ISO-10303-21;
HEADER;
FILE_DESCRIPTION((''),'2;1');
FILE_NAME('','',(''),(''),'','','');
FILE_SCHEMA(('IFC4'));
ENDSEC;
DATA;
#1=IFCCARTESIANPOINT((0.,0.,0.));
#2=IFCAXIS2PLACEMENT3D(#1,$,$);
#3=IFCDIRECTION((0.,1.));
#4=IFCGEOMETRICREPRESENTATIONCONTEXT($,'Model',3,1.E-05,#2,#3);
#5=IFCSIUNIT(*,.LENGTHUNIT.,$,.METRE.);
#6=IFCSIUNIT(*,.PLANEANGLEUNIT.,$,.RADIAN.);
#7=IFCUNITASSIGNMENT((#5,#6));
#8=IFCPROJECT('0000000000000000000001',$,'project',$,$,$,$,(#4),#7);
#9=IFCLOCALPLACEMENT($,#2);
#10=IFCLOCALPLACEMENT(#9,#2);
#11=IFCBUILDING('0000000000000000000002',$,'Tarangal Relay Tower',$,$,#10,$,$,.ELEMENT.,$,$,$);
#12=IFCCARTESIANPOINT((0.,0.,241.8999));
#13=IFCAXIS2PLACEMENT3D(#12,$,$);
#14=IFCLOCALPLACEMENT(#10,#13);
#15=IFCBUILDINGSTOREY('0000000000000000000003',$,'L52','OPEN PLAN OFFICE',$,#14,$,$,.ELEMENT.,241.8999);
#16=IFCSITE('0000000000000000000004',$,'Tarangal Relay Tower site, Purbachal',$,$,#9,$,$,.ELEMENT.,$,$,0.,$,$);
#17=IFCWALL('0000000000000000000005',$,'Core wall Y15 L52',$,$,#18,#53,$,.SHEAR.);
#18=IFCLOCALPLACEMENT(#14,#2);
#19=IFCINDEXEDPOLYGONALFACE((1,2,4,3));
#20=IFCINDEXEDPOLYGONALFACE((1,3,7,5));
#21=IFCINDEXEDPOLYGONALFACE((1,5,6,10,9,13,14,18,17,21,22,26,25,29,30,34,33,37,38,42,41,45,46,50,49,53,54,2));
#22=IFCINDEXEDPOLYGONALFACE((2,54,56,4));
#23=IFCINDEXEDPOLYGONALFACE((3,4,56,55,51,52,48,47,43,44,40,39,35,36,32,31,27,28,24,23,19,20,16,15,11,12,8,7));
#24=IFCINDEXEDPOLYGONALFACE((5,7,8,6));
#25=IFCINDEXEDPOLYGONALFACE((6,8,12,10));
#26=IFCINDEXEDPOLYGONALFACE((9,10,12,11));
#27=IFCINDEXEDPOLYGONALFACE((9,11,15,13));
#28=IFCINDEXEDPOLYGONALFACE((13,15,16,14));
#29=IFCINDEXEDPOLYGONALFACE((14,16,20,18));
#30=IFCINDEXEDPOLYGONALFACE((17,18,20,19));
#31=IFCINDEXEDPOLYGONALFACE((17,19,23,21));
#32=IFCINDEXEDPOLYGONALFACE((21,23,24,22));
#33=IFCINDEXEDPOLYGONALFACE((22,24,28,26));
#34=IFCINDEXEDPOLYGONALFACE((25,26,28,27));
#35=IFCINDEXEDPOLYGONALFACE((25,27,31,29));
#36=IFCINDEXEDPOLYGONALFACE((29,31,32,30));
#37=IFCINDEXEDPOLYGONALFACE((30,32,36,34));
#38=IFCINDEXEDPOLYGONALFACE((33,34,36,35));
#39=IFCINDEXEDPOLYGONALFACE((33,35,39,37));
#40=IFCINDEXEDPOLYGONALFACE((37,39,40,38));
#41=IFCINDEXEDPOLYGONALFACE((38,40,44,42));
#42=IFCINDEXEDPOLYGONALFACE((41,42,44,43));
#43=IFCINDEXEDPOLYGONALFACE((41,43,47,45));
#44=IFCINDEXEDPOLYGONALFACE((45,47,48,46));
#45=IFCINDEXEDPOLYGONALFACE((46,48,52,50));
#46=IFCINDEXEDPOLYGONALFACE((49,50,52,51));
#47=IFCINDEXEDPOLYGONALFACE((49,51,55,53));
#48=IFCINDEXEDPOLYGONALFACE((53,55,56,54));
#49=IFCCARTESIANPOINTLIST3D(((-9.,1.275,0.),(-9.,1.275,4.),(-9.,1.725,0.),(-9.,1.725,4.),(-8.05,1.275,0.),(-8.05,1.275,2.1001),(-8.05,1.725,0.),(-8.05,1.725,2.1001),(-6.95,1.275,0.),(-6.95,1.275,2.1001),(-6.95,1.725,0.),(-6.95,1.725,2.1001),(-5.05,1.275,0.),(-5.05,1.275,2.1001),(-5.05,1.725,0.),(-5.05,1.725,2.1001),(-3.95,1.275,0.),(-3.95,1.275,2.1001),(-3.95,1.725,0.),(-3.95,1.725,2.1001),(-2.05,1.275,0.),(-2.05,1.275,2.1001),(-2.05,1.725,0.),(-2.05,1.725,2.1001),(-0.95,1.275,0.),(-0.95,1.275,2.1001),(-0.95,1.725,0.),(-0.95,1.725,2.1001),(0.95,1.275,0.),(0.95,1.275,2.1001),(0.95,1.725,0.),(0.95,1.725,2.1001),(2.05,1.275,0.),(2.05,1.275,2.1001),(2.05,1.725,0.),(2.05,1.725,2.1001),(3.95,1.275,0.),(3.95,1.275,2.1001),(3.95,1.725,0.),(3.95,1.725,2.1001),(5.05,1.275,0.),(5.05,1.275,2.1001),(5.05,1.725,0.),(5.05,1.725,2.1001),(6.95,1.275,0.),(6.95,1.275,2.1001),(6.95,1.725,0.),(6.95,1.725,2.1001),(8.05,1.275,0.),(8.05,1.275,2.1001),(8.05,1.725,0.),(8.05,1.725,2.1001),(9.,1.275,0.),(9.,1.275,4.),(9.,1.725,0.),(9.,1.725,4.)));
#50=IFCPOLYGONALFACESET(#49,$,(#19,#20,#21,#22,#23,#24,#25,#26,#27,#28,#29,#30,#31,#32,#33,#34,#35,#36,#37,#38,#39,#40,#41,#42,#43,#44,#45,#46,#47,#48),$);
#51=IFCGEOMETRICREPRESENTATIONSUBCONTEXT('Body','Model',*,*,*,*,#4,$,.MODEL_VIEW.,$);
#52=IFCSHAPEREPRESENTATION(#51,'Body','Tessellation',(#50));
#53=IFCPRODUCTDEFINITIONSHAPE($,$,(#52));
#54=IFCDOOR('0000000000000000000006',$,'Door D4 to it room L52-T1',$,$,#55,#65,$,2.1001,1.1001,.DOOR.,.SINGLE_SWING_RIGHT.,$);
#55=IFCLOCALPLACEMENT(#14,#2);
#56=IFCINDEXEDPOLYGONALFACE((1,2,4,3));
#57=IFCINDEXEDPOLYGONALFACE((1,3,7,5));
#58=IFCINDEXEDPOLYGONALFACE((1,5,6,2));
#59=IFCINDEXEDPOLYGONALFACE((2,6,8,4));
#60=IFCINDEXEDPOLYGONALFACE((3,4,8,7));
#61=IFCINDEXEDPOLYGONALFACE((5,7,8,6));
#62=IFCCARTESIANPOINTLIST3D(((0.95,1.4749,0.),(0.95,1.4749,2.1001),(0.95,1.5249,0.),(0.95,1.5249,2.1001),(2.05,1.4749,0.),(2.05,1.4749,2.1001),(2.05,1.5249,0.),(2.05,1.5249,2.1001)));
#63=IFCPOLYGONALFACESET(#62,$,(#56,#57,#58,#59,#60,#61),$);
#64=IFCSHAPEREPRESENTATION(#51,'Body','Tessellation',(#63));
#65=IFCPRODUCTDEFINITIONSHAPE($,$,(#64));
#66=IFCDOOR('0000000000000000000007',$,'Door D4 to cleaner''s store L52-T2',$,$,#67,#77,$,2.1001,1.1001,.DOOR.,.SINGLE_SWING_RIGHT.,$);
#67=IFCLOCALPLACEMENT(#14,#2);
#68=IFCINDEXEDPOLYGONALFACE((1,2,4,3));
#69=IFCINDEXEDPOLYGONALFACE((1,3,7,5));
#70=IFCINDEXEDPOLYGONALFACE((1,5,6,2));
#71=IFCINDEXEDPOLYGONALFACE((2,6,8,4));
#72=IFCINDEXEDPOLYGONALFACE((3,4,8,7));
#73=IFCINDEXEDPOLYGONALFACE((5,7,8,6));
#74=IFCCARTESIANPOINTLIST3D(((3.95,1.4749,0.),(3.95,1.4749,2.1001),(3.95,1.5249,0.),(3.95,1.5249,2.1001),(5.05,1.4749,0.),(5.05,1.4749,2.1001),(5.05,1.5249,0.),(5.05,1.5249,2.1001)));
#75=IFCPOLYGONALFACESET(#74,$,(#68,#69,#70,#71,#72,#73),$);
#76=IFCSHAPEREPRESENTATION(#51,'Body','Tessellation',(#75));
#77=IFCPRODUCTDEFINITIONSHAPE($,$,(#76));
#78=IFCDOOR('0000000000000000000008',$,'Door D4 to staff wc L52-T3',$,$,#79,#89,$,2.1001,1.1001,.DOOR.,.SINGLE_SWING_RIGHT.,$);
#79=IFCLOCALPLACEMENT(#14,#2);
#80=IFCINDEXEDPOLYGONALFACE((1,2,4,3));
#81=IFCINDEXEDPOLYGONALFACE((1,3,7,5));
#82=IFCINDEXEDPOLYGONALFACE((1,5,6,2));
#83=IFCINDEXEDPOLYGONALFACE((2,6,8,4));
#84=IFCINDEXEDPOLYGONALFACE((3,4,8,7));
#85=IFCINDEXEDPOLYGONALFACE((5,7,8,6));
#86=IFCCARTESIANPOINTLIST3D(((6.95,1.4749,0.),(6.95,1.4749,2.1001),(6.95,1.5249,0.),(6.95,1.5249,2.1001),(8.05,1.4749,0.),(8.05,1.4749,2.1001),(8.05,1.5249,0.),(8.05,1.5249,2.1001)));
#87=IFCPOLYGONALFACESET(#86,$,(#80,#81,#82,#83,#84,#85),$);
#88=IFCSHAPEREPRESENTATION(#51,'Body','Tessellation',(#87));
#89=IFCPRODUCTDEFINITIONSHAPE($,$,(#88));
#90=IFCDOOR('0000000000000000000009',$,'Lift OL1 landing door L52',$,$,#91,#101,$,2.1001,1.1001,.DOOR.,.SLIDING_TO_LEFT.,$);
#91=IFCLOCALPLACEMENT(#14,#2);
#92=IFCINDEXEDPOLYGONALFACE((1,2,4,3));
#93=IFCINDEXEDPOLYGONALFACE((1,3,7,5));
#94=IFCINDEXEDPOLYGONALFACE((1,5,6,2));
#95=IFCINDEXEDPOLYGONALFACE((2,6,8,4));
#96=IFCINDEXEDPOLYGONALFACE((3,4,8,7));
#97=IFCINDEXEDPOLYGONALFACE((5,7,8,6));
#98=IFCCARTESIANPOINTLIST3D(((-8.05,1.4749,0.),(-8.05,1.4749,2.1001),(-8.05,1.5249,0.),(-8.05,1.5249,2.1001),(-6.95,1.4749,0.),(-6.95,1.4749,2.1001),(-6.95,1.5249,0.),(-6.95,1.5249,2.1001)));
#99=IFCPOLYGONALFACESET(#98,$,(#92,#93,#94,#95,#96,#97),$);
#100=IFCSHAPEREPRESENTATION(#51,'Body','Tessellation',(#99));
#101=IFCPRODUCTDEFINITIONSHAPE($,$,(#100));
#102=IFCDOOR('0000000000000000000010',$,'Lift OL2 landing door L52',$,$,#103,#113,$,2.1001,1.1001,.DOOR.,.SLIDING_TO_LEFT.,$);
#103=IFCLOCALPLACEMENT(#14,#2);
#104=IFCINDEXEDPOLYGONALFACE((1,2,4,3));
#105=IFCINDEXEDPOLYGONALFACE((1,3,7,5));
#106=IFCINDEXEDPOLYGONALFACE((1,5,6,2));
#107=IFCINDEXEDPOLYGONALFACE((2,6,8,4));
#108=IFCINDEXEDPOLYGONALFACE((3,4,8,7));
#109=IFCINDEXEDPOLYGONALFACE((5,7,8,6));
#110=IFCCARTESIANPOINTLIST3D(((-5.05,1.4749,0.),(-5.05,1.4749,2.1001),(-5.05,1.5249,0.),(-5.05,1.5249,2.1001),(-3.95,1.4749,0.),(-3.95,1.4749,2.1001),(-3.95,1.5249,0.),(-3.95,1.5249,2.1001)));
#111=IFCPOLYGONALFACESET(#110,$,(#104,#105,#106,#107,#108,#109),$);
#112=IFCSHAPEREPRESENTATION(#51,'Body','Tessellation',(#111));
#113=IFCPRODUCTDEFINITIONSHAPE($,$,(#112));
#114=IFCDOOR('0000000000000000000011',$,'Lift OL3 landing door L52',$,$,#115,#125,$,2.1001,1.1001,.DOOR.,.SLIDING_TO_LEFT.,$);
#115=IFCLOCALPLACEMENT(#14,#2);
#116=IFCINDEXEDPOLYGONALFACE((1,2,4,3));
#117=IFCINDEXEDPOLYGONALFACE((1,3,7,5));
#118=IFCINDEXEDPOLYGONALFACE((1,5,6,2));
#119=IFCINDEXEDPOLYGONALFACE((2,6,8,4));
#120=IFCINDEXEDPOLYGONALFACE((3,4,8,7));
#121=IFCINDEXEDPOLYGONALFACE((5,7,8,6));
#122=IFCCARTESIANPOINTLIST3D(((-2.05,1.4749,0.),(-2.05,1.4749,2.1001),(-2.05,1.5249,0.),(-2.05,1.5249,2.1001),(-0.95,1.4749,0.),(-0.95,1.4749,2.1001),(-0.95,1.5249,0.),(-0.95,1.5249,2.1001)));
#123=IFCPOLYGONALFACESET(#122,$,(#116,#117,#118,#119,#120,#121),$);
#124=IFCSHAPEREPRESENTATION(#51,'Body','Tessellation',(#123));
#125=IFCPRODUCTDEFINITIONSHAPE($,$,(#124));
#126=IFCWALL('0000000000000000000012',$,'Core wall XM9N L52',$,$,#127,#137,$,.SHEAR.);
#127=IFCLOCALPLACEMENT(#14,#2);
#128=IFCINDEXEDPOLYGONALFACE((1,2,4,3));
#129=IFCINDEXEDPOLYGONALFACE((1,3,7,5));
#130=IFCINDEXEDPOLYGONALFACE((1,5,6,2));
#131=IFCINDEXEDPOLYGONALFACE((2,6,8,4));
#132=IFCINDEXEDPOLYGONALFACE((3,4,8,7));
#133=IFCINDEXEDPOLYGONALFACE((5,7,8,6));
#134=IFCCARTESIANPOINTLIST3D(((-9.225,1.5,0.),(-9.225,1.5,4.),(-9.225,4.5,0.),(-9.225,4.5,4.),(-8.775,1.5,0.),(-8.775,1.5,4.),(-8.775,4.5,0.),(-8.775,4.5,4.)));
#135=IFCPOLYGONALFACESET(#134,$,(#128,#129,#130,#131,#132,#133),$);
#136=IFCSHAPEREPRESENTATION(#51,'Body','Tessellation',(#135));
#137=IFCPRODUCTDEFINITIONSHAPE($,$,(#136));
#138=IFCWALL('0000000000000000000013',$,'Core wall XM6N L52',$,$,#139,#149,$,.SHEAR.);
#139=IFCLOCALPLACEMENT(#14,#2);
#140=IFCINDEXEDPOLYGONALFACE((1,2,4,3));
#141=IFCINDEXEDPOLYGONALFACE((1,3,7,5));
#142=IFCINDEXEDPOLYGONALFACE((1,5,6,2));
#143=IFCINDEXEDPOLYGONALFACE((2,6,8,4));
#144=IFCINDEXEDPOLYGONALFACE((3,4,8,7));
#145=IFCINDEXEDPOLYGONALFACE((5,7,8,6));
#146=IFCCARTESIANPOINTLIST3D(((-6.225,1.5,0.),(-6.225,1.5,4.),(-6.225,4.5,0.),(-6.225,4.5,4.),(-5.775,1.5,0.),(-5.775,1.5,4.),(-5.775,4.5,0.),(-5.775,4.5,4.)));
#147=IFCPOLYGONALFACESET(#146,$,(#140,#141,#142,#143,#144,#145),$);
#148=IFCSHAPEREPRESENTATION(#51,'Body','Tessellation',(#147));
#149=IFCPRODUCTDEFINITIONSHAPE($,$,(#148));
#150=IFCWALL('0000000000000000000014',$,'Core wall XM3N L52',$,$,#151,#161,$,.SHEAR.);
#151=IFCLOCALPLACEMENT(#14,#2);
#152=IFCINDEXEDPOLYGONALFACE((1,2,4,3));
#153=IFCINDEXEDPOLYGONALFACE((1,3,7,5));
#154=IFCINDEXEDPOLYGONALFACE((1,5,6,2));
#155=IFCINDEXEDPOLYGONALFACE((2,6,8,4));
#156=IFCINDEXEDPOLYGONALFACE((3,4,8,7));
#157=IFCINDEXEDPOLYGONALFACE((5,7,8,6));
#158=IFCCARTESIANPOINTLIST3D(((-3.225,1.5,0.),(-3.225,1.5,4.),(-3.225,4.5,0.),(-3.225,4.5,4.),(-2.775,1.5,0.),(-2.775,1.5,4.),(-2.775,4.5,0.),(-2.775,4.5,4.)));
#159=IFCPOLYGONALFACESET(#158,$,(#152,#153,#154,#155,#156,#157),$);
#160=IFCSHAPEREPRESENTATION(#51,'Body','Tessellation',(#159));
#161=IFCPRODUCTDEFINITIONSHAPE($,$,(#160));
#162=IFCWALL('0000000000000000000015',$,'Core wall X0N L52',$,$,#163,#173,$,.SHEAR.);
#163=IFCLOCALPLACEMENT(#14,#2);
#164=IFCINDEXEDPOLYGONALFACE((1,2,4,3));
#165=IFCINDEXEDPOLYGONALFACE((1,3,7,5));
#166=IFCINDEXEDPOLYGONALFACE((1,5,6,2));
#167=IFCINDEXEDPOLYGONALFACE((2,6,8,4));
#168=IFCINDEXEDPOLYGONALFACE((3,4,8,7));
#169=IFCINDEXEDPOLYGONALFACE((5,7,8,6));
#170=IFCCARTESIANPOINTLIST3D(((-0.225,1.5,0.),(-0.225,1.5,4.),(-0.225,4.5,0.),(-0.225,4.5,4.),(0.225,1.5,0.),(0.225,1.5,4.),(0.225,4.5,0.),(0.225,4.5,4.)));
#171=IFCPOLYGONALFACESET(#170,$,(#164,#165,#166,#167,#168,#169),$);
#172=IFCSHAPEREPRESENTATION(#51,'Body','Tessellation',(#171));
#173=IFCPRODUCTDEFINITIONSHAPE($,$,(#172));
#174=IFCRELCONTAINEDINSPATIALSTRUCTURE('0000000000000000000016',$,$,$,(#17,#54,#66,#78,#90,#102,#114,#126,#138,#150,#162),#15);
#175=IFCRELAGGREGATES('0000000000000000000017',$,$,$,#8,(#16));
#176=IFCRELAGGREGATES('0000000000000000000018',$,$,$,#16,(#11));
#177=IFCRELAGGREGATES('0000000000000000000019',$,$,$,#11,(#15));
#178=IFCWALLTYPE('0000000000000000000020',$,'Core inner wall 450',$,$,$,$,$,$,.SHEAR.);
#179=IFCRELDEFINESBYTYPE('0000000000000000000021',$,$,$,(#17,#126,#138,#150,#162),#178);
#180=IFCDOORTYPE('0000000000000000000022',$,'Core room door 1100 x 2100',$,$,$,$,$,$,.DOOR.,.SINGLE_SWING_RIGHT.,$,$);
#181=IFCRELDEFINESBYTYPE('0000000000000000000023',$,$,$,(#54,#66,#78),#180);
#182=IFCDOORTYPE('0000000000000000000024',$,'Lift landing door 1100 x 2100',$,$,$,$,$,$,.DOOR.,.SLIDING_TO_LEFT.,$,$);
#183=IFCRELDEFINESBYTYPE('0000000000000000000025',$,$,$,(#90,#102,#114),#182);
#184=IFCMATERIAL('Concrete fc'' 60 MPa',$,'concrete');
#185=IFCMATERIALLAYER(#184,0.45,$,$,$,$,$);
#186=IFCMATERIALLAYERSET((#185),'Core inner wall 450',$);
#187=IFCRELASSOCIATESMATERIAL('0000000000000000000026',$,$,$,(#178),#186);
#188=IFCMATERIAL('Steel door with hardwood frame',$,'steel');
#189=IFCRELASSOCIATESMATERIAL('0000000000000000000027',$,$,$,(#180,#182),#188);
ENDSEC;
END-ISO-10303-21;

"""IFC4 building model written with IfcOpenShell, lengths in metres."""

from ifc_helpers import new_model, si_unit, direction, frame, frame_2d, origin, place, context, subcontext, project, spatial, rectangle, extrude, material, layer, layer_set, type_object, element, fill, save


model = new_model("IFC4")

# Units and contexts
model_context = context("Model", 3, precision=1e-05, world=origin(), true_north=direction((0.0, 1.0)))
body_context = subcontext(model_context, "Body", "Model", "MODEL_VIEW")
ifc_project = project(units=[si_unit("LENGTHUNIT", "METRE"), si_unit("PLANEANGLEUNIT", "RADIAN")], contexts=[model_context])

# Site, building, storey
site_placement = place(None, origin())
site = spatial("IfcSite", under=ifc_project, at=site_placement, Name="Tarangal Relay Tower site, Purbachal", CompositionType="ELEMENT", RefElevation=0.0)
building_placement = place(site_placement, origin())
building = spatial("IfcBuilding", under=site, at=building_placement, Name="Tarangal Relay Tower", CompositionType="ELEMENT")
storey_placement = place(building_placement, frame((0.0, 0.0, 241.8999)))
storey = spatial("IfcBuildingStorey", under=building, at=storey_placement, Name="L52", Description="OPEN PLAN OFFICE", CompositionType="ELEMENT", Elevation=241.8999)

# Wall, openings, doors
ifc_material_1 = material(Name="Concrete fc' 60 MPa", Category="concrete")
ifc_layer_1 = layer(ifc_material_1, 0.45)
ifc_layer_set_1 = layer_set([ifc_layer_1], Name="Core inner wall 450")
wall_type = type_object("IfcWallType", Name="Core inner wall 450", PredefinedType="SHEAR", material=ifc_layer_set_1)
ifc_material_2 = material(Name="Steel door with hardwood frame", Category="steel")
wall_1_placement = place(storey_placement, frame((-9.0, 1.5, 0.0), z_axis=(0.0, 0.0, 1.0), x_axis=(1.0, 0.0, 0.0)))
wall_1 = element("IfcWall", 1, at=wall_1_placement, inside=storey, type_object=wall_type, Name="Core wall Y15 L52", PredefinedType="SHEAR", context=body_context, shape_type="SweptSolid", body=[
    extrude(rectangle(XDim=18.0, YDim=0.45, at=frame_2d((9.0, 0.0))), origin(), (0.0, 0.0, 1.0), 4.0),
])
opening_1_placement = place(wall_1_placement, frame((0.95, 0.0, 0.0)))
opening_1 = element("IfcOpeningElement", 2, at=opening_1_placement, cuts=wall_1, PredefinedType="OPENING", context=body_context, shape_type="SweptSolid", body=[
    extrude(rectangle(XDim=1.1001, YDim=2.1001, at=frame_2d((0.55, 1.05))), frame((0.0, 0.2349, 0.0), z_axis=(0.0, -1.0, 0.0), x_axis=(1.0, 0.0, 0.0)), (0.0, 0.0, 1.0), 0.47),
])
opening_2_placement = place(wall_1_placement, frame((3.95, 0.0, 0.0)))
opening_2 = element("IfcOpeningElement", 3, at=opening_2_placement, cuts=wall_1, PredefinedType="OPENING", context=body_context, shape_type="SweptSolid", body=[
    extrude(rectangle(XDim=1.1001, YDim=2.1001, at=frame_2d((0.55, 1.05))), frame((0.0, 0.2349, 0.0), z_axis=(0.0, -1.0, 0.0), x_axis=(1.0, 0.0, 0.0)), (0.0, 0.0, 1.0), 0.47),
])
opening_3_placement = place(wall_1_placement, frame((6.95, 0.0, 0.0)))
opening_3 = element("IfcOpeningElement", 4, at=opening_3_placement, cuts=wall_1, PredefinedType="OPENING", context=body_context, shape_type="SweptSolid", body=[
    extrude(rectangle(XDim=1.1001, YDim=2.1001, at=frame_2d((0.55, 1.05))), frame((0.0, 0.2349, 0.0), z_axis=(0.0, -1.0, 0.0), x_axis=(1.0, 0.0, 0.0)), (0.0, 0.0, 1.0), 0.47),
])
opening_4_placement = place(wall_1_placement, frame((9.95, 0.0, 0.0)))
opening_4 = element("IfcOpeningElement", 5, at=opening_4_placement, cuts=wall_1, PredefinedType="OPENING", context=body_context, shape_type="SweptSolid", body=[
    extrude(rectangle(XDim=1.1001, YDim=2.1001, at=frame_2d((0.55, 1.05))), frame((0.0, 0.2349, 0.0), z_axis=(0.0, -1.0, 0.0), x_axis=(1.0, 0.0, 0.0)), (0.0, 0.0, 1.0), 0.47),
])
opening_5_placement = place(wall_1_placement, frame((12.95, 0.0, 0.0)))
opening_5 = element("IfcOpeningElement", 6, at=opening_5_placement, cuts=wall_1, PredefinedType="OPENING", context=body_context, shape_type="SweptSolid", body=[
    extrude(rectangle(XDim=1.1001, YDim=2.1001, at=frame_2d((0.55, 1.05))), frame((0.0, 0.2349, 0.0), z_axis=(0.0, -1.0, 0.0), x_axis=(1.0, 0.0, 0.0)), (0.0, 0.0, 1.0), 0.47),
])
opening_6_placement = place(wall_1_placement, frame((15.95, 0.0, 0.0)))
opening_6 = element("IfcOpeningElement", 7, at=opening_6_placement, cuts=wall_1, PredefinedType="OPENING", context=body_context, shape_type="SweptSolid", body=[
    extrude(rectangle(XDim=1.1001, YDim=2.1001, at=frame_2d((0.55, 1.05))), frame((0.0, 0.2349, 0.0), z_axis=(0.0, -1.0, 0.0), x_axis=(1.0, 0.0, 0.0)), (0.0, 0.0, 1.0), 0.47),
])
door_type_1 = type_object("IfcDoorType", Name="Core room door 1100 x 2100", OperationType="SINGLE_SWING_RIGHT", PredefinedType="DOOR", material=ifc_material_2)
door_1_placement = place(opening_4_placement, origin())
door_1 = element("IfcDoor", 8, at=door_1_placement, inside=storey, type_object=door_type_1, Name="Door D4 to it room L52-T1", OperationType="SINGLE_SWING_RIGHT", OverallHeight=2.1001, OverallWidth=1.1001, PredefinedType="DOOR", context=body_context, shape_type="SweptSolid", body=[
    extrude(rectangle(XDim=1.1001, YDim=2.1001, at=frame_2d((0.55, 1.05))), frame((0.0, 0.0249, 0.0), z_axis=(0.0, -1.0, 0.0), x_axis=(1.0, 0.0, 0.0)), (0.0, 0.0, 1.0), 0.05),
])
fill(opening_4, door_1)
door_2_placement = place(opening_5_placement, origin())
door_2 = element("IfcDoor", 9, at=door_2_placement, inside=storey, type_object=door_type_1, Name="Door D4 to cleaner's store L52-T2", OperationType="SINGLE_SWING_RIGHT", OverallHeight=2.1001, OverallWidth=1.1001, PredefinedType="DOOR", context=body_context, shape_type="SweptSolid", body=[
    extrude(rectangle(XDim=1.1001, YDim=2.1001, at=frame_2d((0.55, 1.05))), frame((0.0, 0.0249, 0.0), z_axis=(0.0, -1.0, 0.0), x_axis=(1.0, 0.0, 0.0)), (0.0, 0.0, 1.0), 0.05),
])
fill(opening_5, door_2)
door_3_placement = place(opening_6_placement, origin())
door_3 = element("IfcDoor", 10, at=door_3_placement, inside=storey, type_object=door_type_1, Name="Door D4 to staff wc L52-T3", OperationType="SINGLE_SWING_RIGHT", OverallHeight=2.1001, OverallWidth=1.1001, PredefinedType="DOOR", context=body_context, shape_type="SweptSolid", body=[
    extrude(rectangle(XDim=1.1001, YDim=2.1001, at=frame_2d((0.55, 1.05))), frame((0.0, 0.0249, 0.0), z_axis=(0.0, -1.0, 0.0), x_axis=(1.0, 0.0, 0.0)), (0.0, 0.0, 1.0), 0.05),
])
fill(opening_6, door_3)
door_type_2 = type_object("IfcDoorType", Name="Lift landing door 1100 x 2100", OperationType="SLIDING_TO_LEFT", PredefinedType="DOOR", material=ifc_material_2)
door_4_placement = place(opening_1_placement, origin())
door_4 = element("IfcDoor", 11, at=door_4_placement, inside=storey, type_object=door_type_2, Name="Lift OL1 landing door L52", OperationType="SLIDING_TO_LEFT", OverallHeight=2.1001, OverallWidth=1.1001, PredefinedType="DOOR", context=body_context, shape_type="SweptSolid", body=[
    extrude(rectangle(XDim=1.1001, YDim=2.1001, at=frame_2d((0.55, 1.05))), frame((0.0, 0.0249, 0.0), z_axis=(0.0, -1.0, 0.0), x_axis=(1.0, 0.0, 0.0)), (0.0, 0.0, 1.0), 0.05),
])
fill(opening_1, door_4)
door_5_placement = place(opening_2_placement, origin())
door_5 = element("IfcDoor", 12, at=door_5_placement, inside=storey, type_object=door_type_2, Name="Lift OL2 landing door L52", OperationType="SLIDING_TO_LEFT", OverallHeight=2.1001, OverallWidth=1.1001, PredefinedType="DOOR", context=body_context, shape_type="SweptSolid", body=[
    extrude(rectangle(XDim=1.1001, YDim=2.1001, at=frame_2d((0.55, 1.05))), frame((0.0, 0.0249, 0.0), z_axis=(0.0, -1.0, 0.0), x_axis=(1.0, 0.0, 0.0)), (0.0, 0.0, 1.0), 0.05),
])
fill(opening_2, door_5)
door_6_placement = place(opening_3_placement, origin())
door_6 = element("IfcDoor", 13, at=door_6_placement, inside=storey, type_object=door_type_2, Name="Lift OL3 landing door L52", OperationType="SLIDING_TO_LEFT", OverallHeight=2.1001, OverallWidth=1.1001, PredefinedType="DOOR", context=body_context, shape_type="SweptSolid", body=[
    extrude(rectangle(XDim=1.1001, YDim=2.1001, at=frame_2d((0.55, 1.05))), frame((0.0, 0.0249, 0.0), z_axis=(0.0, -1.0, 0.0), x_axis=(1.0, 0.0, 0.0)), (0.0, 0.0, 1.0), 0.05),
])
fill(opening_3, door_6)

# Walls
for number, where, z_axis, x_axis, name in (
    (14, (-9.0, 1.5, 0.0), (0.0, 0.0, 1.0), (0.0, 1.0, 0.0), "Core wall XM9N L52"),
    (15, (-6.0, 1.5, 0.0), (0.0, 0.0, 1.0), (0.0, 1.0, 0.0), "Core wall XM6N L52"),
    (16, (-3.0, 1.5, 0.0), (0.0, 0.0, 1.0), (0.0, 1.0, 0.0), "Core wall XM3N L52"),
    (17, (0.0, 1.5, 0.0), (0.0, 0.0, 1.0), (0.0, 1.0, 0.0), "Core wall X0N L52"),
):
    element("IfcWall", number, at=place(storey_placement, frame(where, z_axis=z_axis, x_axis=x_axis)), inside=storey, type_object=wall_type, Name=name, PredefinedType="SHEAR", context=body_context, shape_type="SweptSolid", body=[
        extrude(rectangle(XDim=3.0, YDim=0.45, at=frame_2d((1.5, 0.0))), origin(), (0.0, 0.0, 1.0), 4.0),
    ])

save(model, "model.ifc")
